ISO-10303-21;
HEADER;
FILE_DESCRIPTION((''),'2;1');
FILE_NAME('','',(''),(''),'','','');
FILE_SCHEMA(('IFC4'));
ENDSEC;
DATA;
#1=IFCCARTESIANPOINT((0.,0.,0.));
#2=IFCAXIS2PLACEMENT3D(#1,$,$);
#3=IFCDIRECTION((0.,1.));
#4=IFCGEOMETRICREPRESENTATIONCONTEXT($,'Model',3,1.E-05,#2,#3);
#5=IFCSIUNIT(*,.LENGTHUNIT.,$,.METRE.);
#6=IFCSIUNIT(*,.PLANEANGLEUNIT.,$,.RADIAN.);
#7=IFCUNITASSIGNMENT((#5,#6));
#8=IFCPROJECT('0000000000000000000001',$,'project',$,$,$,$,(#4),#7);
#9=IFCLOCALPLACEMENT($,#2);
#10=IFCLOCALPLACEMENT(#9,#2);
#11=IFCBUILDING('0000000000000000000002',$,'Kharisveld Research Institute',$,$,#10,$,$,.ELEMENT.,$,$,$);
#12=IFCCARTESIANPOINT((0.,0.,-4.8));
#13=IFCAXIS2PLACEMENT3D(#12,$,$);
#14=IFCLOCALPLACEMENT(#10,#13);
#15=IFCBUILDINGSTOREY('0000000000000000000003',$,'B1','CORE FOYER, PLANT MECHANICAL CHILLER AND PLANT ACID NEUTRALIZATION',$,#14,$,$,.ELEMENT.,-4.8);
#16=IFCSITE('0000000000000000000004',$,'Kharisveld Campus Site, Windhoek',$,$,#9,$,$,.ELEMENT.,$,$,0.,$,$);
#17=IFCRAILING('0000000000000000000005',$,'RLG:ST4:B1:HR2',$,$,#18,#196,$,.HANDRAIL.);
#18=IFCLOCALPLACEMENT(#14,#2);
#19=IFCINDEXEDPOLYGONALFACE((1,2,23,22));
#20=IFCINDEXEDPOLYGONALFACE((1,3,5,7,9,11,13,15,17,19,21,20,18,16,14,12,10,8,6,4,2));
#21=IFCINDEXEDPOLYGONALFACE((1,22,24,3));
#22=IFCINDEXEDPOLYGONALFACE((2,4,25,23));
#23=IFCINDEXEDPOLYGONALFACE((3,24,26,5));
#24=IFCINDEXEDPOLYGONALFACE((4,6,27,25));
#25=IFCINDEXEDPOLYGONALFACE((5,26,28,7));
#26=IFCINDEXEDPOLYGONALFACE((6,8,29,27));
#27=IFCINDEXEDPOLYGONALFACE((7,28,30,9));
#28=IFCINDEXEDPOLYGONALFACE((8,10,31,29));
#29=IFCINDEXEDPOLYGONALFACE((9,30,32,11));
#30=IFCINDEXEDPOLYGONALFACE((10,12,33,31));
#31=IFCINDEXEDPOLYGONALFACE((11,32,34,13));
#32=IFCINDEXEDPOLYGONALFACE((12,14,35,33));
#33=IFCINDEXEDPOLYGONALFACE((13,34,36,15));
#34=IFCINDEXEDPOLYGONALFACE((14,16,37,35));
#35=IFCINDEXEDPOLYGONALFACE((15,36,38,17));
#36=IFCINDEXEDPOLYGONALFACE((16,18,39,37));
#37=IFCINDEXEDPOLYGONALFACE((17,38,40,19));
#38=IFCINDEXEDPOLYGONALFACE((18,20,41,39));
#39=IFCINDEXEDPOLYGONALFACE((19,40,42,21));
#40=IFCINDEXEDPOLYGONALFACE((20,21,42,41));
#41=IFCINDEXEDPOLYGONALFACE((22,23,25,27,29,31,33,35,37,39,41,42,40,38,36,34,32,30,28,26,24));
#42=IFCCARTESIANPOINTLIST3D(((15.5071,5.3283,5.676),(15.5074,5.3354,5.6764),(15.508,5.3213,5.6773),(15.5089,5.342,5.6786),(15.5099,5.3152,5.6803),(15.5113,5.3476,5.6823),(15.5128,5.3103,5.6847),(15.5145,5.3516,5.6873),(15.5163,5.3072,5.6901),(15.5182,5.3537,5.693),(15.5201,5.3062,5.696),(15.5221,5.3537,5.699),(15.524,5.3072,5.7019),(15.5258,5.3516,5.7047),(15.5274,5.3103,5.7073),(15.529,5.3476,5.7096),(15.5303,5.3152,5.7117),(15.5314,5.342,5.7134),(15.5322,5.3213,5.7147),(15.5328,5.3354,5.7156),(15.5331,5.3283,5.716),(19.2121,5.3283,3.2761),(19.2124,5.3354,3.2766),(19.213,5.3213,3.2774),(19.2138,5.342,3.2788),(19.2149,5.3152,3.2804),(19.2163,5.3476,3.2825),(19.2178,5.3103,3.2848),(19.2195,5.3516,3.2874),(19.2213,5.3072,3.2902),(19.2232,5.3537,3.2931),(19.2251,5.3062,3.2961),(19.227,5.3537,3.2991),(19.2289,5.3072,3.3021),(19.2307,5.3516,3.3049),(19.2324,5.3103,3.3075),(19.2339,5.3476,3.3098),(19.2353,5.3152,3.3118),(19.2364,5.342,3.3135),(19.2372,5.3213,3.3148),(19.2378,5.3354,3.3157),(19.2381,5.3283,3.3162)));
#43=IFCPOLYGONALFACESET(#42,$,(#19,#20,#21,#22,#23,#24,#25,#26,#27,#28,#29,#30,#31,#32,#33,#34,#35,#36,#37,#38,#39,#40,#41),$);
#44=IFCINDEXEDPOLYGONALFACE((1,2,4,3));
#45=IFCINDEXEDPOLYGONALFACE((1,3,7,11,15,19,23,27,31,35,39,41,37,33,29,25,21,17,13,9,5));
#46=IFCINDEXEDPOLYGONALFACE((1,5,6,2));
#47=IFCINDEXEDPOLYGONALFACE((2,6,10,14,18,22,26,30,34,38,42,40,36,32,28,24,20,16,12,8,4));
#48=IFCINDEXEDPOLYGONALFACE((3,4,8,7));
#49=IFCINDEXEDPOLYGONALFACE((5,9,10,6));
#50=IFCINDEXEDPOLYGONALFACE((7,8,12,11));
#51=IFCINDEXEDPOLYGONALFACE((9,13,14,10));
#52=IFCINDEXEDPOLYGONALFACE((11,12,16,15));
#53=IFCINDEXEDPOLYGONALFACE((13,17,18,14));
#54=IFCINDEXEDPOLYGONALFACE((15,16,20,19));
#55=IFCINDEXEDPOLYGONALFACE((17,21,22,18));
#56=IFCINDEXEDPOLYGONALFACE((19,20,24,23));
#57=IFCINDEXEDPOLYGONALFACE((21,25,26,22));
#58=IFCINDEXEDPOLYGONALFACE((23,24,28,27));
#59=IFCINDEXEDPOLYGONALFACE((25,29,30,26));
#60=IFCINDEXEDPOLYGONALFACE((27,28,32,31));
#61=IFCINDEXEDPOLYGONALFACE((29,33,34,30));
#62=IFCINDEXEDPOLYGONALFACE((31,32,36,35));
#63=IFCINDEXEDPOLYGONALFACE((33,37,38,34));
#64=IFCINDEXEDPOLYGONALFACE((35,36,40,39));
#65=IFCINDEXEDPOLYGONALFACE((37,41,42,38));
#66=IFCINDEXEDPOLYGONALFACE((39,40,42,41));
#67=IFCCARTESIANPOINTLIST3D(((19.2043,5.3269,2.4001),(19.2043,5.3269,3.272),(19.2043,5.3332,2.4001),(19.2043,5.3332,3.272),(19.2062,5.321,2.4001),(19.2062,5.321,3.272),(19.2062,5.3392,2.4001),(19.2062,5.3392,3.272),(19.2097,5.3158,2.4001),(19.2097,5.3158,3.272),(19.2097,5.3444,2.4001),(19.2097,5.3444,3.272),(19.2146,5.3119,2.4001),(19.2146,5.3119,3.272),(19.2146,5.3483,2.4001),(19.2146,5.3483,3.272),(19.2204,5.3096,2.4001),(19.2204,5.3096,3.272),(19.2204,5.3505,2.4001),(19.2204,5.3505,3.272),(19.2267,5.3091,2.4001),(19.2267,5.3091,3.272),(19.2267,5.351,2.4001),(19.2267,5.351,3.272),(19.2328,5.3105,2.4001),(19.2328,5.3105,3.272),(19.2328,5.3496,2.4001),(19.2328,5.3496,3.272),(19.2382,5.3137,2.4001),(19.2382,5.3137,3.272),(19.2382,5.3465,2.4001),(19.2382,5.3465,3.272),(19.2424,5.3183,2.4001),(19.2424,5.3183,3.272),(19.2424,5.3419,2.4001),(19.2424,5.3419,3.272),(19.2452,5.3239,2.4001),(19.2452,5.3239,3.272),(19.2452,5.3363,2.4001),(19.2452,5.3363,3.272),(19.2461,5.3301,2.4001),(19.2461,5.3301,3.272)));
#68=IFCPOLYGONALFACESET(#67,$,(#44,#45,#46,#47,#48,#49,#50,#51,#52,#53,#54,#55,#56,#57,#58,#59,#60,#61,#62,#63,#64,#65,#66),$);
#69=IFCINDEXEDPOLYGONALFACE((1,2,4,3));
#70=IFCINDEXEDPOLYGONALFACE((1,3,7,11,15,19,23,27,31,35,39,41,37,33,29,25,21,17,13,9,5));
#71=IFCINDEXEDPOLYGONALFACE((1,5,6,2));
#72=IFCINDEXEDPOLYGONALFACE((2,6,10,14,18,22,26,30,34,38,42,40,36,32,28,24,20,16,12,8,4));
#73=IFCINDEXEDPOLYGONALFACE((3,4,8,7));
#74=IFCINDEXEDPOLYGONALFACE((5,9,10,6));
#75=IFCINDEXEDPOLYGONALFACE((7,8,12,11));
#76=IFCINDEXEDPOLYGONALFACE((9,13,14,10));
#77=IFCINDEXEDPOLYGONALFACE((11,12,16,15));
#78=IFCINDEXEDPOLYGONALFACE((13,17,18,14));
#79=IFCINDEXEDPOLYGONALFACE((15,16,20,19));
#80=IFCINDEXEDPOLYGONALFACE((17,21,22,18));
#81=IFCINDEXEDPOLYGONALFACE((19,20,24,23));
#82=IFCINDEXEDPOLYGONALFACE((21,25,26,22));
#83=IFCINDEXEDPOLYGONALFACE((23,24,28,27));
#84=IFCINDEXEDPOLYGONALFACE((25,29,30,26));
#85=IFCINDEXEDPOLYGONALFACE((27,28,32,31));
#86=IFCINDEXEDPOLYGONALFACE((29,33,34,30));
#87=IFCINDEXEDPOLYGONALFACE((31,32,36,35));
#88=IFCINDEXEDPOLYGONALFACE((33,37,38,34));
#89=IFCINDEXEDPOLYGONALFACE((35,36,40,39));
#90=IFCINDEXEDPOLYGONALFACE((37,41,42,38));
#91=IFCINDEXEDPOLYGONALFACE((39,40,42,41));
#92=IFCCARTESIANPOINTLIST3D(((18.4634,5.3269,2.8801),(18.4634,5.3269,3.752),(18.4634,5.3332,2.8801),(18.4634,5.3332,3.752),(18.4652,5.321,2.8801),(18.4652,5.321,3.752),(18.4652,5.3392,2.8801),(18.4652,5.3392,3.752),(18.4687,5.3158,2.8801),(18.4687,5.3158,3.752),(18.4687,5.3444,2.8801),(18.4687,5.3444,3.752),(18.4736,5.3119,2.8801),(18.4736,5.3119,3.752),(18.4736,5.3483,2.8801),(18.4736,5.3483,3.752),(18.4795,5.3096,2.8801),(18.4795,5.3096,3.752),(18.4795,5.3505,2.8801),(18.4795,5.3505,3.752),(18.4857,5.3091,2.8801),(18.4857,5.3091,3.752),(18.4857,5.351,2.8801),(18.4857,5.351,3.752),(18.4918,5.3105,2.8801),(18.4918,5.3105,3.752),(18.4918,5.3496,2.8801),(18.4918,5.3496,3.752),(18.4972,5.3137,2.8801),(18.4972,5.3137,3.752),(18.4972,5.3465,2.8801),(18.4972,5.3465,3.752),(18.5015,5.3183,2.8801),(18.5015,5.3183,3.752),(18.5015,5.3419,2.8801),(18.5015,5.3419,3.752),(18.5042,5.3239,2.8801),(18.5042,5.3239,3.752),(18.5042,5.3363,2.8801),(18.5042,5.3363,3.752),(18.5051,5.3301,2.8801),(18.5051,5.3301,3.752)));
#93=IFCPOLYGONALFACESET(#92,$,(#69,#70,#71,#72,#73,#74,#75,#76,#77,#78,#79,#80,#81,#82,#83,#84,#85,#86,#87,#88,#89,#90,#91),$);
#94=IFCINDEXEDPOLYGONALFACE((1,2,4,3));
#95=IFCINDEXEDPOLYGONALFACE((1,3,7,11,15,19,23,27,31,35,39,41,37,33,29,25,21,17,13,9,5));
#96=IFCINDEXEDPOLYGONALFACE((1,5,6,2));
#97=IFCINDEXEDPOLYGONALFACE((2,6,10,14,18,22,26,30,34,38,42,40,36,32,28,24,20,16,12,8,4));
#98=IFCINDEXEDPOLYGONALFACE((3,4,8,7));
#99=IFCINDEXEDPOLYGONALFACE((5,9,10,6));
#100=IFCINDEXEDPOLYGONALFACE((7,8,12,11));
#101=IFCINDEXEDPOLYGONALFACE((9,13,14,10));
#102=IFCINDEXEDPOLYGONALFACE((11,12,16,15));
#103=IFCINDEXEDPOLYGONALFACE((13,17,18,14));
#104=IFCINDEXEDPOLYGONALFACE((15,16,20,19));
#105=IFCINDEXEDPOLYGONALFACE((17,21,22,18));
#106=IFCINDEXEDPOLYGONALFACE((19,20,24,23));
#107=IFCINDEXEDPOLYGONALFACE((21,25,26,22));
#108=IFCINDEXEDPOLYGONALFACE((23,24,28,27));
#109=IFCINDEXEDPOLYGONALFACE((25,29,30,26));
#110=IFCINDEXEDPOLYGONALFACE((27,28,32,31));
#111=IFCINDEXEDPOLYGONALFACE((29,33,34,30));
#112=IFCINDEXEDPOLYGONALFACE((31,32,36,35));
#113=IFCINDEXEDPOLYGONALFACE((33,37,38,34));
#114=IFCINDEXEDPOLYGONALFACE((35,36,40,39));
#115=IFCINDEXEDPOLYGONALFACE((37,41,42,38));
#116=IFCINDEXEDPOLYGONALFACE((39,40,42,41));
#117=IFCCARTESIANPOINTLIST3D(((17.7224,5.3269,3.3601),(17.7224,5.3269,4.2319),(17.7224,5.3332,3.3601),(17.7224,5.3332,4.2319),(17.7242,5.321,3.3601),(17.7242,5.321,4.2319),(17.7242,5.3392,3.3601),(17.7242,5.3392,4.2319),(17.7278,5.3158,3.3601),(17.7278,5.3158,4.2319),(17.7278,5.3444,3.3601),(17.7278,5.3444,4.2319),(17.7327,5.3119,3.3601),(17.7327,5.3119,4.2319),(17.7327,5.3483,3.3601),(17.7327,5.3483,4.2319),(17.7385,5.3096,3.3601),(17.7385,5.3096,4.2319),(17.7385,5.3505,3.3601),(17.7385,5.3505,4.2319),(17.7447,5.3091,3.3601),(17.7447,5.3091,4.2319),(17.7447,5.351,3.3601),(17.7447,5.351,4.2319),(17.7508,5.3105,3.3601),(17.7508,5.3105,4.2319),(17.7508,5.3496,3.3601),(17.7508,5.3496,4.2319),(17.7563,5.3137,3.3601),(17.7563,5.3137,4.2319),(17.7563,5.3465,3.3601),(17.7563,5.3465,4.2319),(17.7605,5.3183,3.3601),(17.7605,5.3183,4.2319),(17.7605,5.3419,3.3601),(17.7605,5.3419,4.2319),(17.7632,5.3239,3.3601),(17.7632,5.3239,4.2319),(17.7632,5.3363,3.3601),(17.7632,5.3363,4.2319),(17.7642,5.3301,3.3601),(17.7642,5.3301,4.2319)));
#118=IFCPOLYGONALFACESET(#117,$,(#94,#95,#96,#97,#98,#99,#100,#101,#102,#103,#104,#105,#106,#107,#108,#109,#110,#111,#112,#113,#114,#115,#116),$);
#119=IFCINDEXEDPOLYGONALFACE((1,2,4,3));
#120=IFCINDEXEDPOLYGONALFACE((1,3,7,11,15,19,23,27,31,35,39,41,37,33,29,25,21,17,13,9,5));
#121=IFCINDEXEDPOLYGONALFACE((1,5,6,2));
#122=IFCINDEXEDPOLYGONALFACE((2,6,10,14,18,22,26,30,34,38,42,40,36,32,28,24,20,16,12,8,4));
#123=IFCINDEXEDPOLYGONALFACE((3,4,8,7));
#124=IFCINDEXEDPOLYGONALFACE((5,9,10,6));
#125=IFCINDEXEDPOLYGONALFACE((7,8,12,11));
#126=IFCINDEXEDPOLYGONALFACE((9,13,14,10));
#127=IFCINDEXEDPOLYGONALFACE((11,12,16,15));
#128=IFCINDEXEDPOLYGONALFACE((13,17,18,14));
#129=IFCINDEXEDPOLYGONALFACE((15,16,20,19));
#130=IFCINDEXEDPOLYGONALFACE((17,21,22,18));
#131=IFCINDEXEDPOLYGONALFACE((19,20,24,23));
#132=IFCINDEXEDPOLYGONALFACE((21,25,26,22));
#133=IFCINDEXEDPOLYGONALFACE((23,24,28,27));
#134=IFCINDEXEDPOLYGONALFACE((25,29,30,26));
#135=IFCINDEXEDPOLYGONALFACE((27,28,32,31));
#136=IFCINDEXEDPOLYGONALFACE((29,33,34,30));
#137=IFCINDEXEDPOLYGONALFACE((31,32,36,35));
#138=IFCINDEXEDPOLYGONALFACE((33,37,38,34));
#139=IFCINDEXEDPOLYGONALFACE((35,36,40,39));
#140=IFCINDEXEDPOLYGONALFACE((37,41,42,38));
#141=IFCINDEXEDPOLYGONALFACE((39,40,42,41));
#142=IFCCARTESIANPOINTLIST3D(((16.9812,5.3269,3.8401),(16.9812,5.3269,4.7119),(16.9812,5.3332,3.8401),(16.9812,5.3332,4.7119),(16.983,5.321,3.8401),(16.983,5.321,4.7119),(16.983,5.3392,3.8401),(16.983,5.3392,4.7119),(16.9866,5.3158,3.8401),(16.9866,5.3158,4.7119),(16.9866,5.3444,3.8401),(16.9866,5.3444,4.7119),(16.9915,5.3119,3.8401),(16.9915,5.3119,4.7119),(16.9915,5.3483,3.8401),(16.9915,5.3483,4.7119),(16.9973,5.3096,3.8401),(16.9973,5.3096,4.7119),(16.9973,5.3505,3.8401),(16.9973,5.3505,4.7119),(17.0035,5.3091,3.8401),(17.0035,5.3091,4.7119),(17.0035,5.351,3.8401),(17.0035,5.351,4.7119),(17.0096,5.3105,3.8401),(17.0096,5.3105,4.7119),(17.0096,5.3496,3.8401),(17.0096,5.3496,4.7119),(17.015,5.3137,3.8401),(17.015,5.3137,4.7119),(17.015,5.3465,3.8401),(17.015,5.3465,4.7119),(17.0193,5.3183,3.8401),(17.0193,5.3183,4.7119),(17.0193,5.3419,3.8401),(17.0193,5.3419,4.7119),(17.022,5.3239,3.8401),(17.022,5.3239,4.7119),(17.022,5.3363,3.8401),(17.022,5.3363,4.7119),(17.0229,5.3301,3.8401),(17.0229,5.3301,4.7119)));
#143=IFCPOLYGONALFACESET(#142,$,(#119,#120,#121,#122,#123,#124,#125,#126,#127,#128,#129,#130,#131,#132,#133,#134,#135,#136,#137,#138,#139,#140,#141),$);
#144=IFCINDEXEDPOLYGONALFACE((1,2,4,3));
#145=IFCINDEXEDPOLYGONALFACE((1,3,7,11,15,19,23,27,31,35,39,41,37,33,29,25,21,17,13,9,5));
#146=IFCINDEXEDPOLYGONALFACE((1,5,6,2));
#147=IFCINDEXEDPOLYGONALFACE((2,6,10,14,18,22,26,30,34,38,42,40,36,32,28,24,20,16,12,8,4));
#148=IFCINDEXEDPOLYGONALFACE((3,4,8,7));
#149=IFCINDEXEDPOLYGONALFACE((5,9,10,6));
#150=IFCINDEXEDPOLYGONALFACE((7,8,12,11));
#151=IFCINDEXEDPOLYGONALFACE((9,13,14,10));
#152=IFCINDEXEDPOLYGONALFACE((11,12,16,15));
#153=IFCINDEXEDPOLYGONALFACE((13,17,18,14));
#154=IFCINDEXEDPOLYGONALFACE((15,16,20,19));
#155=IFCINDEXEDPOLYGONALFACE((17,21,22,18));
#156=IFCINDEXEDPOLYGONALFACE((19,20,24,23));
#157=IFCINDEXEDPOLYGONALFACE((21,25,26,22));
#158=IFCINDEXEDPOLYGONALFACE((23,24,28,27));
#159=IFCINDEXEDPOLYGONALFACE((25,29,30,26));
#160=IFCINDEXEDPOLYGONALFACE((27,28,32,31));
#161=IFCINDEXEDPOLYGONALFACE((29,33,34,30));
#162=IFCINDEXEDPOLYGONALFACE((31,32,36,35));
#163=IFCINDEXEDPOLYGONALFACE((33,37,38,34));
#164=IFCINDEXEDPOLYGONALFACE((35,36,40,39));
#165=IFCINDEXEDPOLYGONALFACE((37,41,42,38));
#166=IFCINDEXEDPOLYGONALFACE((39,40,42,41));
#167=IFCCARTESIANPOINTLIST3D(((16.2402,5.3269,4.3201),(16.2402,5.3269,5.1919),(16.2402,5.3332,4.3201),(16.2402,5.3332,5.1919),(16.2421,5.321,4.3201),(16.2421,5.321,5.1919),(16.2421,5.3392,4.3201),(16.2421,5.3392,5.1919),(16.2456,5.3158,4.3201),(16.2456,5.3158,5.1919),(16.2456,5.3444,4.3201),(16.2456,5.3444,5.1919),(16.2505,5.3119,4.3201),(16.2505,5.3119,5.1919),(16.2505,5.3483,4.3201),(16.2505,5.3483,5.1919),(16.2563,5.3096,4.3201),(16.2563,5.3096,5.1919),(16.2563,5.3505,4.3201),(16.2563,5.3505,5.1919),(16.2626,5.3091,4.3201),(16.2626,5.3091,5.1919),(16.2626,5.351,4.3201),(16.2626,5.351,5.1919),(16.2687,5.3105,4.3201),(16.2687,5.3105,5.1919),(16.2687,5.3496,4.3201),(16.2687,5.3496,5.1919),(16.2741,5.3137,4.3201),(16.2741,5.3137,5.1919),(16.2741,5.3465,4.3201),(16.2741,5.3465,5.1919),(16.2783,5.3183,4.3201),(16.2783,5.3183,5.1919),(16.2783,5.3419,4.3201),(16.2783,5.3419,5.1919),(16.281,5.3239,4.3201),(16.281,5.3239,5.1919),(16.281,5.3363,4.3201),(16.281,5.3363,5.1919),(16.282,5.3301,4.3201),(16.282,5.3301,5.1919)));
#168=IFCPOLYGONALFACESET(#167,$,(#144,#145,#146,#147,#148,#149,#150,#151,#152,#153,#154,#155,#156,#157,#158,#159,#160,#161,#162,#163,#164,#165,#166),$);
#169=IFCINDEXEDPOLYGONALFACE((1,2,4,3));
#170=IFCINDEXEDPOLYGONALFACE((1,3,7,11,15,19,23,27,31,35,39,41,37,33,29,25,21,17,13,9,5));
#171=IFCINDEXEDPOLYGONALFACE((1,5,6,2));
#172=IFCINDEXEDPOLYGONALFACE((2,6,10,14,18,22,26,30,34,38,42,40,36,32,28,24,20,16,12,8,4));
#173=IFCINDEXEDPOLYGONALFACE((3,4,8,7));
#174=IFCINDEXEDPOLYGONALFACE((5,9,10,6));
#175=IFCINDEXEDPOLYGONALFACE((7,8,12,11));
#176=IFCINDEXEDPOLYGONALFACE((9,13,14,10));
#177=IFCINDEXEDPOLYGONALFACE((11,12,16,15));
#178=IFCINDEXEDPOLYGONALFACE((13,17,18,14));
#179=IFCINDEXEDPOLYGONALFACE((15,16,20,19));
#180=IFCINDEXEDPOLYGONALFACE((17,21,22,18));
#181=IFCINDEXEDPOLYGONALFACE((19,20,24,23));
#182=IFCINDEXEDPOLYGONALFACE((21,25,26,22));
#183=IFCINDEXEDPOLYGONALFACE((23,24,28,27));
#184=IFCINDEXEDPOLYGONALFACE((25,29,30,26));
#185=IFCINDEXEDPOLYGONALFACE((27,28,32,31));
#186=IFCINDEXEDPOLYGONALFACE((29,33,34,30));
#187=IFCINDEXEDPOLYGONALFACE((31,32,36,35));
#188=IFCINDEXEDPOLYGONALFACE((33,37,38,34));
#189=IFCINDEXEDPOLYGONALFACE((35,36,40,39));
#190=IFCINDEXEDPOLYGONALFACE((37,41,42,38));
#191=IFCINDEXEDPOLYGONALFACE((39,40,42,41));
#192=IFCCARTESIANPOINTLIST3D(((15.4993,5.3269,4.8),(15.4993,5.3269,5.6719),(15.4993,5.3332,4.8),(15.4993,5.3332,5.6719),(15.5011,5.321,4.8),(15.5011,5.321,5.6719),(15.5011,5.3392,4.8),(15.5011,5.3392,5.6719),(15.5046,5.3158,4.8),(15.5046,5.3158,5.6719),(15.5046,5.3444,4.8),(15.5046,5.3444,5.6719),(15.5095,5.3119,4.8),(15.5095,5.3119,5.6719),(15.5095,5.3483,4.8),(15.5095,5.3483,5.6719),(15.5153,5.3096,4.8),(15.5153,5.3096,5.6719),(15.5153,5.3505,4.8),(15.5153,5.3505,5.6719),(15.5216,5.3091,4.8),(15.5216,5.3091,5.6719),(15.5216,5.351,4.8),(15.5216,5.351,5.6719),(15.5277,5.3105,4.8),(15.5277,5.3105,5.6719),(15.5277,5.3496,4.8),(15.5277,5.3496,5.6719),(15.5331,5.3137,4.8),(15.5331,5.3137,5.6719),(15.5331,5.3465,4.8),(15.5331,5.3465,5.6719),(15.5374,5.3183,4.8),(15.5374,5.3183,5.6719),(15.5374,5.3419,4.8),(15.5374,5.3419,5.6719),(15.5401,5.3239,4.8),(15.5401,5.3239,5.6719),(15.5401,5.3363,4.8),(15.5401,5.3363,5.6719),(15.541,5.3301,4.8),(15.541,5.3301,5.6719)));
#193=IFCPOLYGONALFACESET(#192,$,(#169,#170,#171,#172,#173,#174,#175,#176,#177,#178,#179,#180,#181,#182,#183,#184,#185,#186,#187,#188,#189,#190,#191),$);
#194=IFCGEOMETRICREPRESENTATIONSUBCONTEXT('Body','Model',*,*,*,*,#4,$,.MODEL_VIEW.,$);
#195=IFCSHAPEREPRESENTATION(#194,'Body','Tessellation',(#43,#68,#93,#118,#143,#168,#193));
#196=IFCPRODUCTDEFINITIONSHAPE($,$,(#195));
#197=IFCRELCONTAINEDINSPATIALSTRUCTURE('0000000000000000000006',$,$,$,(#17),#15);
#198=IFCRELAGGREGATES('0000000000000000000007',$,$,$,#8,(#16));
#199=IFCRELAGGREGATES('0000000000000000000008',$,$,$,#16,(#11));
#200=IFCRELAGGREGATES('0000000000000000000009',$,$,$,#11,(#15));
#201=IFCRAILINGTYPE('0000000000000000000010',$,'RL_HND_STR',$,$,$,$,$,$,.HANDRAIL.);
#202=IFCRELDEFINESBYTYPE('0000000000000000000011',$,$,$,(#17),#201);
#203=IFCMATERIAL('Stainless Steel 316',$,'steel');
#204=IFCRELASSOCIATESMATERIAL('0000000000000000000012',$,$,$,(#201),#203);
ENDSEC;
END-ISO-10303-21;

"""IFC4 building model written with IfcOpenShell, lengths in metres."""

from ifc_helpers import new_model, si_unit, direction, frame, origin, origin_2d, place, context, subcontext, project, spatial, circle, extrude, material, type_object, element, save


model = new_model("IFC4")

# Units and contexts
model_context = context("Model", 3, precision=1e-05, world=origin(), true_north=direction((0.0, 1.0)))
body_context = subcontext(model_context, "Body", "Model", "MODEL_VIEW")
ifc_project = project(units=[si_unit("LENGTHUNIT", "METRE"), si_unit("PLANEANGLEUNIT", "RADIAN")], contexts=[model_context])

# Site, building, storey
site_placement = place(None, origin())
site = spatial("IfcSite", under=ifc_project, at=site_placement, Name="Kharisveld Campus Site, Windhoek", CompositionType="ELEMENT", RefElevation=0.0)
building_placement = place(site_placement, origin())
building = spatial("IfcBuilding", under=site, at=building_placement, Name="Kharisveld Research Institute", CompositionType="ELEMENT")
storey_placement = place(building_placement, frame((0.0, 0.0, -4.8)))
storey = spatial("IfcBuildingStorey", under=building, at=storey_placement, Name="B1", Description="CORE FOYER, PLANT MECHANICAL CHILLER AND PLANT ACID NEUTRALIZATION", CompositionType="ELEMENT", Elevation=-4.8)

# Railing
ifc_material_1 = material(Name="Stainless Steel 316", Category="steel")
railing_type_1 = type_object("IfcRailingType", Name="RL_HND_STR", PredefinedType="HANDRAIL", material=ifc_material_1)
railing_1_placement = place(storey_placement, frame((19.2251, 5.3301, 2.4001)))
element("IfcRailing", 1, at=railing_1_placement, inside=storey, type_object=railing_type_1, Name="RLG:ST4:B1:HR2", PredefinedType="HANDRAIL", context=body_context, shape_type="SweptSolid", body=[
    extrude(circle(Radius=0.0239, at=origin_2d()), frame((0.0, 0.0, 0.896), z_axis=(-0.839312, 0.0, 0.54365), x_axis=(0.0, -1.0, 0.0)), (0.0, 0.0, 1.0), 4.4143),
    extrude(circle(Radius=0.021, at=origin_2d()), origin(), (0.0, 0.0, 1.0), 0.8718),
    extrude(circle(Radius=0.021, at=origin_2d()), frame((-0.741, 0.0, 0.48)), (0.0, 0.0, 1.0), 0.8718),
    extrude(circle(Radius=0.021, at=origin_2d()), frame((-1.4819, 0.0, 0.96)), (0.0, 0.0, 1.0), 0.8718),
    extrude(circle(Radius=0.021, at=origin_2d()), frame((-2.2231, 0.0, 1.4399)), (0.0, 0.0, 1.0), 0.8718),
    extrude(circle(Radius=0.021, at=origin_2d()), frame((-2.9641, 0.0, 1.9199)), (0.0, 0.0, 1.0), 0.8718),
    extrude(circle(Radius=0.021, at=origin_2d()), frame((-3.7051, 0.0, 2.3999)), (0.0, 0.0, 1.0), 0.8718),
])

save(model, "model.ifc")
